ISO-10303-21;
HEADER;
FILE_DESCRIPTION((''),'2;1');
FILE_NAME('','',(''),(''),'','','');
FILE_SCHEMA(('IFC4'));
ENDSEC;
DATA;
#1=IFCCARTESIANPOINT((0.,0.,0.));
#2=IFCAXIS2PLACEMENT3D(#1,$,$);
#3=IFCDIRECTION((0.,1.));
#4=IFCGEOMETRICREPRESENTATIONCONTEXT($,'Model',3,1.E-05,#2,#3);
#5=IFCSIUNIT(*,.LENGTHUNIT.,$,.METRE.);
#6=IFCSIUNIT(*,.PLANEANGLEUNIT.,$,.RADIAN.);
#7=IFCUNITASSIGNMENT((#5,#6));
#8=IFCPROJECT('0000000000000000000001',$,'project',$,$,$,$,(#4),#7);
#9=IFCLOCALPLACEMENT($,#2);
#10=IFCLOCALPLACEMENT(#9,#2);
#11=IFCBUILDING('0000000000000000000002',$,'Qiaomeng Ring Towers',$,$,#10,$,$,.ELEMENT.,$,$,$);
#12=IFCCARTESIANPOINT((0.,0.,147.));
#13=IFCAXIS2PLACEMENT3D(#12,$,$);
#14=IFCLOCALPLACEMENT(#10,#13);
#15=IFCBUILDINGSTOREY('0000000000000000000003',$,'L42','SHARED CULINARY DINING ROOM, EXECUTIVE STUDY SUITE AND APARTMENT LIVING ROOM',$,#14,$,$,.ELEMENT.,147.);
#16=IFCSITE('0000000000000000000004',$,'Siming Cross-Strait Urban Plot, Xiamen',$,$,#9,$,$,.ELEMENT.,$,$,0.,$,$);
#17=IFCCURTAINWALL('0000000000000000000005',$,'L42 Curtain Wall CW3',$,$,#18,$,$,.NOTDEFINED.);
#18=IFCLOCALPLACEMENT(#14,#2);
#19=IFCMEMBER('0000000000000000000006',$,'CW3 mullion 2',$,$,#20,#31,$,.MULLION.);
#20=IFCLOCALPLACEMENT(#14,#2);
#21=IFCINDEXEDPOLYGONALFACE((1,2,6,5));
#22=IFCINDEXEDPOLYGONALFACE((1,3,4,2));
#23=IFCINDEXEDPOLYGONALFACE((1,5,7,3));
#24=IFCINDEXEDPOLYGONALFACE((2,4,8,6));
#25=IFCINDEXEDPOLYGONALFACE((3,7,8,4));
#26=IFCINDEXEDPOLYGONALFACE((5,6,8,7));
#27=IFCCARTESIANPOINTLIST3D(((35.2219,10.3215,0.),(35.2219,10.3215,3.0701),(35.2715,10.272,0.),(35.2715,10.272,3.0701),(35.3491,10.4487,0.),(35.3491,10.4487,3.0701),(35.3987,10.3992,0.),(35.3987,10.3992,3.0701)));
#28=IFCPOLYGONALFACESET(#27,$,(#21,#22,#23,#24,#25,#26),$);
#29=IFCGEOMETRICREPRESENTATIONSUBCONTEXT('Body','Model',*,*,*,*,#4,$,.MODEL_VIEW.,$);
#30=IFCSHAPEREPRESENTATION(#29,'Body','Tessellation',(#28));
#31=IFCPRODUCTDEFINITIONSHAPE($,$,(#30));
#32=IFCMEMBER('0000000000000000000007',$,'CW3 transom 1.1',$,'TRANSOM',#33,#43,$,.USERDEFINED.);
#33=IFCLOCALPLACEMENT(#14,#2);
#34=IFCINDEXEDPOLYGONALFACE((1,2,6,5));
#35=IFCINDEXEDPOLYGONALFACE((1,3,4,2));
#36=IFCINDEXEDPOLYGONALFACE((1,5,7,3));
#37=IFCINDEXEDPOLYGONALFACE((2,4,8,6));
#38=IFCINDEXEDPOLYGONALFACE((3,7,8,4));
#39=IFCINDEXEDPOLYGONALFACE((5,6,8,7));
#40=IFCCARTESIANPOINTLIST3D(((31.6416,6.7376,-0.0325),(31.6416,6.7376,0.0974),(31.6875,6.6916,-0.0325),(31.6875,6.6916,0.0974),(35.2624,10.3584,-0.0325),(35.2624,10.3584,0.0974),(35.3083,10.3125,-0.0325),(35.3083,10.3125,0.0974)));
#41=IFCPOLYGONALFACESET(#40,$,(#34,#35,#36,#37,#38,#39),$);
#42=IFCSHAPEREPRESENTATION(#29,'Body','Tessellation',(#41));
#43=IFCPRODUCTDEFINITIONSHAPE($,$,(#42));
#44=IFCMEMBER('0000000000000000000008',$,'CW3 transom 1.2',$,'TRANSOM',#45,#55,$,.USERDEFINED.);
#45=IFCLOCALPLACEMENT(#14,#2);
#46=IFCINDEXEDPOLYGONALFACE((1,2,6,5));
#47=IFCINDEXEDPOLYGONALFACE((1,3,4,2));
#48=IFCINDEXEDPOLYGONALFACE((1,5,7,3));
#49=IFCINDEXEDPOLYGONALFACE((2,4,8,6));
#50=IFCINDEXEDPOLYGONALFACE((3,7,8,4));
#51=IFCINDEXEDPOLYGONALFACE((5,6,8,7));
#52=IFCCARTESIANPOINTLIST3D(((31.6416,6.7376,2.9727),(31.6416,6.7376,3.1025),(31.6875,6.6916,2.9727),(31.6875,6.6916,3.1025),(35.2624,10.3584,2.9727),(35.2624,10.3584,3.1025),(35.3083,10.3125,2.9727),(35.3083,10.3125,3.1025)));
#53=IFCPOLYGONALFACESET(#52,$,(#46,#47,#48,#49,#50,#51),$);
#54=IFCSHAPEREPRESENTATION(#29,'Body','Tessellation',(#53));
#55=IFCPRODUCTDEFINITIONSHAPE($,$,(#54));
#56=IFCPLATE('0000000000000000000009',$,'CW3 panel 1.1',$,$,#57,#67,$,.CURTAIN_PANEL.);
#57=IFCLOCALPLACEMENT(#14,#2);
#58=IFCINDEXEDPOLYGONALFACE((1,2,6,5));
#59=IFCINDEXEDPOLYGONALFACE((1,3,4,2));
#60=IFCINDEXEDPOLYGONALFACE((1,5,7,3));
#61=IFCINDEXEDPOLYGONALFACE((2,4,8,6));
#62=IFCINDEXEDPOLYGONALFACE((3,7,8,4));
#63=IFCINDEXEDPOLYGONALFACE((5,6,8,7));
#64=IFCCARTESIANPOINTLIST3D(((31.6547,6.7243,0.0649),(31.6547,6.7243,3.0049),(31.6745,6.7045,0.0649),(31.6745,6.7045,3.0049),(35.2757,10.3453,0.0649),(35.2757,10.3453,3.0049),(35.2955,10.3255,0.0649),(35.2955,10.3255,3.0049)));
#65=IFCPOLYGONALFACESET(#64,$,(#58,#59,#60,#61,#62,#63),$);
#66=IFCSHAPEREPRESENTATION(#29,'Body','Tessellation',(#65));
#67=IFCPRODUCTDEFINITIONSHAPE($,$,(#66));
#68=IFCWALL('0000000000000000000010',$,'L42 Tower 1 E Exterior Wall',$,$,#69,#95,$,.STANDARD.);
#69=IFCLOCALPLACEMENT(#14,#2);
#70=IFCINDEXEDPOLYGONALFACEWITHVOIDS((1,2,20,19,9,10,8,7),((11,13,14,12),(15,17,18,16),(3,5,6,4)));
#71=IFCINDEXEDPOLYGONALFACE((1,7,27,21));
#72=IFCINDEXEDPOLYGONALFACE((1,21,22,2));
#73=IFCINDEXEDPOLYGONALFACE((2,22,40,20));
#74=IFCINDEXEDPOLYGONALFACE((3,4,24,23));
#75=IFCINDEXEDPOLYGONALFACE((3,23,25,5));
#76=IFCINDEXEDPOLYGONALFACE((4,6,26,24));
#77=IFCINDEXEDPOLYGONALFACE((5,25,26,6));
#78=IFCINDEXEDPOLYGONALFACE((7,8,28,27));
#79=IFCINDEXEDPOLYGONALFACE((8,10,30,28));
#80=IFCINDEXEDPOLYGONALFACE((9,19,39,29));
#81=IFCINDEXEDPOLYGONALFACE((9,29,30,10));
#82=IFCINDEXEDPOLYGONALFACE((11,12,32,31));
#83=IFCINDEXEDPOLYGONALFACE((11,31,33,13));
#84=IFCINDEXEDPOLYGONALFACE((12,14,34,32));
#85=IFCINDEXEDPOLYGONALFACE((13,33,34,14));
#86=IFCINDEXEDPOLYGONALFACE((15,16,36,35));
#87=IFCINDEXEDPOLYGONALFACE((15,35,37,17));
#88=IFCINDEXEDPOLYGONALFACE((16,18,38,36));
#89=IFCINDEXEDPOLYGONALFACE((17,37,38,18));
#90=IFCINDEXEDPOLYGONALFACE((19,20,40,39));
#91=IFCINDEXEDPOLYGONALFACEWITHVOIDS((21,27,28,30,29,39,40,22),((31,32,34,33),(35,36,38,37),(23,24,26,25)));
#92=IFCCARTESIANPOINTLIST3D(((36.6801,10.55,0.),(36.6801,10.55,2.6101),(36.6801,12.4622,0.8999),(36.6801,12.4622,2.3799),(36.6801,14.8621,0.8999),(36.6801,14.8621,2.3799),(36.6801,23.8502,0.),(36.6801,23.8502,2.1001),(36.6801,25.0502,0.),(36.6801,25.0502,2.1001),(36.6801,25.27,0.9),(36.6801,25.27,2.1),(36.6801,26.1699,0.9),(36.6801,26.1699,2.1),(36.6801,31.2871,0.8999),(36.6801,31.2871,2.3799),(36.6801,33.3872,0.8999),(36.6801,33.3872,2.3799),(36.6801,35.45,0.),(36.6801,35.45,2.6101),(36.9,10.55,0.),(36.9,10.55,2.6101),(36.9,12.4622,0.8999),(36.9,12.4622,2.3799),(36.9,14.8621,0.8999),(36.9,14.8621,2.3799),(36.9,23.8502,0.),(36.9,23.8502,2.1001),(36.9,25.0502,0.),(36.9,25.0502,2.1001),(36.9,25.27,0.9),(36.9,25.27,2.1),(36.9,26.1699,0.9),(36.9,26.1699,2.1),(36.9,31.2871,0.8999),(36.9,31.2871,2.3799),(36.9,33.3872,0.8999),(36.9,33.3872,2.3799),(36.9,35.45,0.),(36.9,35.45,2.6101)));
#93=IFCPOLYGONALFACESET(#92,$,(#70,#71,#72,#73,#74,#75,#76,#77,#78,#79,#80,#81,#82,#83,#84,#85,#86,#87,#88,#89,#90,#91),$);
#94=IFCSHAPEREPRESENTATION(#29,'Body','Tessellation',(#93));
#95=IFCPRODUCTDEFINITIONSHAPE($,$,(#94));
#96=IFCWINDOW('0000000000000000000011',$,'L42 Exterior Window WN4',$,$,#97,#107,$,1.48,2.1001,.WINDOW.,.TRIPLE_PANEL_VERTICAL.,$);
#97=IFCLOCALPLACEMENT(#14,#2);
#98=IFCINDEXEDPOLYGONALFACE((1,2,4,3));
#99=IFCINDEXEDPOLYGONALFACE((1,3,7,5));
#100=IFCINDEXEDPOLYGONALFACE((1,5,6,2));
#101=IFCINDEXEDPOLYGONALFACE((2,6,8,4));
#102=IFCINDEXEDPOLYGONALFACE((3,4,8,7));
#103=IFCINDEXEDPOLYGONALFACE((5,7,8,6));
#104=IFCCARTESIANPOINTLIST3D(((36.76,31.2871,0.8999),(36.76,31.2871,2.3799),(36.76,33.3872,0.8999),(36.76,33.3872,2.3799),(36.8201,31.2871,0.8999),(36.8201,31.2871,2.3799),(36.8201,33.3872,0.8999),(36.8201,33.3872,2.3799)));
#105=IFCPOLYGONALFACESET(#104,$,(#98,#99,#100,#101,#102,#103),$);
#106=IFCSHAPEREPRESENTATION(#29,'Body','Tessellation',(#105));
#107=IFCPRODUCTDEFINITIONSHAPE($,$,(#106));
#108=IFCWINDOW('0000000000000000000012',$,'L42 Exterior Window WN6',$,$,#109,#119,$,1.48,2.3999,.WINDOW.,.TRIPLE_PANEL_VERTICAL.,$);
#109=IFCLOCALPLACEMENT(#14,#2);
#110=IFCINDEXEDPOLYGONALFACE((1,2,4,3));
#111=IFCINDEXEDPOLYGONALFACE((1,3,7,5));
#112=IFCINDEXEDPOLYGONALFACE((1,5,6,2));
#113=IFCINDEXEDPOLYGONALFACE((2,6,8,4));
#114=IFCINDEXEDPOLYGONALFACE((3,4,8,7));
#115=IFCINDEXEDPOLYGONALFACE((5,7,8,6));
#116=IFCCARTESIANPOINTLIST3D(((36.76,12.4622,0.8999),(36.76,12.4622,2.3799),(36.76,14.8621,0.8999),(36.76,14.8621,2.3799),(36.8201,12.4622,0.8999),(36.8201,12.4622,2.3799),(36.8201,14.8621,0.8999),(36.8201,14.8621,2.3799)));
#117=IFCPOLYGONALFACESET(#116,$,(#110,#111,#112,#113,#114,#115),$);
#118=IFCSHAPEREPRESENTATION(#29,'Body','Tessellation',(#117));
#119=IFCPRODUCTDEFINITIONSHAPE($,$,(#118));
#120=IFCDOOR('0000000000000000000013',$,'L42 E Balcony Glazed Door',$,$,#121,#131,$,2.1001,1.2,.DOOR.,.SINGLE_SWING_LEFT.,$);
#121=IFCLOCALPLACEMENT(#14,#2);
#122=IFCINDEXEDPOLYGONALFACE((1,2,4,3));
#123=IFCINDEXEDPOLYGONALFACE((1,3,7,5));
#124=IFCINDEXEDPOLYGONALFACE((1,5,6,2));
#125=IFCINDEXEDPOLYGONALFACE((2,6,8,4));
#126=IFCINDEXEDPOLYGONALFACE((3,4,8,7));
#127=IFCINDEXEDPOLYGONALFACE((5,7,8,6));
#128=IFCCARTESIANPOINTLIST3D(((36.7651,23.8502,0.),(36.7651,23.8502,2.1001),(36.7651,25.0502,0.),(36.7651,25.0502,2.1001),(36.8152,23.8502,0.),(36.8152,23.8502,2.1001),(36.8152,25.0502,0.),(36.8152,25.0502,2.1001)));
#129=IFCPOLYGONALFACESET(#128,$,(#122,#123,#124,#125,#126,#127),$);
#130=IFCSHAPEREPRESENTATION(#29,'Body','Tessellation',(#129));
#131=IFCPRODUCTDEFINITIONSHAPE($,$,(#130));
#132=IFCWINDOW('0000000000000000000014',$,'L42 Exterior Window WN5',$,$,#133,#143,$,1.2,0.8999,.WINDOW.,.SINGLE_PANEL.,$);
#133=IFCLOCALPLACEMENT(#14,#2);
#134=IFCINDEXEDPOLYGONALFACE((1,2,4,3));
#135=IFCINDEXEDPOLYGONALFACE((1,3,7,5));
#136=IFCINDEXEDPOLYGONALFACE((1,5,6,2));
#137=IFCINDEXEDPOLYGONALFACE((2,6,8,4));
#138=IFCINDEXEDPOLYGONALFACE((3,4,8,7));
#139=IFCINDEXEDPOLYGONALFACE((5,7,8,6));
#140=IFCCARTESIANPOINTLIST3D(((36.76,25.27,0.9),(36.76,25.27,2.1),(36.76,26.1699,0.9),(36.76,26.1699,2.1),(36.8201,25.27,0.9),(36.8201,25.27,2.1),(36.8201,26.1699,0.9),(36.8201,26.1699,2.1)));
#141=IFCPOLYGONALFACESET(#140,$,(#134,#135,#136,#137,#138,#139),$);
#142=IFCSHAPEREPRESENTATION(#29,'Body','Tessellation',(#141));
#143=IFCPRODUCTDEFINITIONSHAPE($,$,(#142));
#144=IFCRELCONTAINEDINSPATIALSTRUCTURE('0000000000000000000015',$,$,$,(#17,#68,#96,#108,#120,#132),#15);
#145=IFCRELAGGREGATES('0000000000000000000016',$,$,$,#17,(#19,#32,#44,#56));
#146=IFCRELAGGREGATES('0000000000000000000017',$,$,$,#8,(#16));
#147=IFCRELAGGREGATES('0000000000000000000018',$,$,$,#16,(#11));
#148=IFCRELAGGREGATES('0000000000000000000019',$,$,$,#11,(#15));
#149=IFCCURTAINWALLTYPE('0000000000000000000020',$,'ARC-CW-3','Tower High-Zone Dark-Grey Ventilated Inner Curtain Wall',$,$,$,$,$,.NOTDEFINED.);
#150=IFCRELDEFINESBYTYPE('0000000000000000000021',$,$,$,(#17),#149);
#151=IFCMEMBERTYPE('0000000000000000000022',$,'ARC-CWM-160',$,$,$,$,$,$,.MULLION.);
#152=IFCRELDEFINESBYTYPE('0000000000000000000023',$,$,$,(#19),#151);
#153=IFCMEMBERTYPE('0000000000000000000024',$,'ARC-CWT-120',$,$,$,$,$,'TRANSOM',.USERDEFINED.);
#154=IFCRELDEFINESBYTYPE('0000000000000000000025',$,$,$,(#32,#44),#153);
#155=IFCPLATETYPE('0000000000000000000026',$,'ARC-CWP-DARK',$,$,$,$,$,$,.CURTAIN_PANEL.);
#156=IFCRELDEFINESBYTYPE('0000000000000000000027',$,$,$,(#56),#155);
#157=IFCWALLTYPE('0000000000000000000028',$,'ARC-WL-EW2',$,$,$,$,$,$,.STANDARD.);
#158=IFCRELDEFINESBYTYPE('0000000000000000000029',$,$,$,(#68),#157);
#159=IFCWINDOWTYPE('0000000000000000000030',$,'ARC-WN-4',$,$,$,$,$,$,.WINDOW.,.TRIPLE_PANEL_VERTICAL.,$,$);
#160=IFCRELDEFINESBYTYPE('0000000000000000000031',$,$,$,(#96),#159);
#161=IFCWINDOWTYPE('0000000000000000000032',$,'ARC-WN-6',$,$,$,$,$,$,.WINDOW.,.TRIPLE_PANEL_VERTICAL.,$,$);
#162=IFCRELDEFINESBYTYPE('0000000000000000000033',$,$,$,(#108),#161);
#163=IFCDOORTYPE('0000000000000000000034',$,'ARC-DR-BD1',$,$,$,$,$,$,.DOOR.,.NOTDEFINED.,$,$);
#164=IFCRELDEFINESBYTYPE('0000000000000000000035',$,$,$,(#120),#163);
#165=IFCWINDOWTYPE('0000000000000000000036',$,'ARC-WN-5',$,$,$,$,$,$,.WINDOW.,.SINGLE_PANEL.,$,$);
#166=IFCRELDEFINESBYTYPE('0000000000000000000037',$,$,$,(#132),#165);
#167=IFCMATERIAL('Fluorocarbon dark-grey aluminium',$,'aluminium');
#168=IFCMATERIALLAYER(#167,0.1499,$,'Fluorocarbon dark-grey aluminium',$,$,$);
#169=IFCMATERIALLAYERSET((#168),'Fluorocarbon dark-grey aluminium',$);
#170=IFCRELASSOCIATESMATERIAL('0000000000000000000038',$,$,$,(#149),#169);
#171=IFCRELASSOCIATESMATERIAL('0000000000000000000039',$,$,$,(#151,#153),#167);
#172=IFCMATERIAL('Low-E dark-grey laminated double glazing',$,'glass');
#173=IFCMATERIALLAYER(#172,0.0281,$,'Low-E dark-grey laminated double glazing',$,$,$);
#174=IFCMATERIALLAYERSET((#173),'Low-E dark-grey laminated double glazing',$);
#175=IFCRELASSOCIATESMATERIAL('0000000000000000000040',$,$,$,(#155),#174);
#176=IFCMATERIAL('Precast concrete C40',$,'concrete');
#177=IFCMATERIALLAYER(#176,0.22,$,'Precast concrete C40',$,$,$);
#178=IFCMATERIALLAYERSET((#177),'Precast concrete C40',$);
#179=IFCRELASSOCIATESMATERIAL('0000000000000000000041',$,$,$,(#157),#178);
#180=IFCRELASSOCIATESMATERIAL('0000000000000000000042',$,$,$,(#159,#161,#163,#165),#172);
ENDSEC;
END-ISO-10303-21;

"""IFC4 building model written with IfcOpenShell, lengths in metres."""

from ifc_helpers import new_model, si_unit, direction, frame, frame_2d, origin, origin_2d, place, context, subcontext, project, spatial, rectangle, extrude, source, transform, mapped, material, layer, layer_set, material_profile, profile_set, type_object, element, fill, aggregate, save


model = new_model("IFC4")

# Units and contexts
model_context = context("Model", 3, precision=1e-05, world=origin(), true_north=direction((0.0, 1.0)))
body_context = subcontext(model_context, "Body", "Model", "MODEL_VIEW")
ifc_project = project(units=[si_unit("LENGTHUNIT", "METRE"), si_unit("PLANEANGLEUNIT", "RADIAN")], contexts=[model_context])

# Site, building, storey
site_placement = place(None, origin())
site = spatial("IfcSite", under=ifc_project, at=site_placement, Name="Siming Cross-Strait Urban Plot, Xiamen", CompositionType="ELEMENT", RefElevation=0.0)
building_placement = place(site_placement, origin())
building = spatial("IfcBuilding", under=site, at=building_placement, Name="Qiaomeng Ring Towers", CompositionType="ELEMENT")
storey_placement = place(building_placement, frame((0.0, 0.0, 147.0)))
storey = spatial("IfcBuildingStorey", under=building, at=storey_placement, Name="L42", Description="SHARED CULINARY DINING ROOM, EXECUTIVE STUDY SUITE AND APARTMENT LIVING ROOM", CompositionType="ELEMENT", Elevation=147.0)

# Curtain wall, members, plate
ifc_material_1 = material(Name="Fluorocarbon dark-grey aluminium", Category="aluminium")
ifc_layer_1 = layer(ifc_material_1, 0.1499, Name="Fluorocarbon dark-grey aluminium")
ifc_layer_set_1 = layer_set([ifc_layer_1], Name="Fluorocarbon dark-grey aluminium")
curtain_wall_type = type_object("IfcCurtainWallType", Name="ARC-CW-3", Description="Tower High-Zone Dark-Grey Ventilated Inner Curtain Wall", PredefinedType="NOTDEFINED", material=ifc_layer_set_1)
curtain_wall_placement = place(storey_placement, origin())
curtain_wall = element("IfcCurtainWall", 1, at=curtain_wall_placement, inside=storey, type_object=curtain_wall_type, Name="L42 Curtain Wall CW3", PredefinedType="NOTDEFINED")
ifc_material_profile_1 = material_profile(ifc_material_1, rectangle(XDim=0.0701, YDim=0.1799, at=origin_2d()), Name="ALU MULL 70x180")
ifc_profile_set_1 = profile_set([ifc_material_profile_1], Name="Fluorocarbon dark-grey aluminium")
member_type_1 = type_object("IfcMemberType", Name="ARC-CWM-160", PredefinedType="MULLION", material=ifc_profile_set_1)
shared_shape_1 = source(origin(), body_context, "Body", "SweptSolid", [
    extrude(rectangle(XDim=0.0701, YDim=0.1799, at=origin_2d()), origin(), (0.0, 0.0, 1.0), 3.0701),
])
member_1_placement = place(storey_placement, frame((35.3103, 10.3604, 0.0), z_axis=(0.0, 0.0, 1.0), x_axis=(-0.707107, 0.707107, 0.0)))
member_1 = element("IfcMember", 2, at=member_1_placement, type_object=member_type_1, Name="CW3 mullion 2", PredefinedType="MULLION", context=body_context, shape_type="MappedRepresentation", body=[
    mapped(shared_shape_1, transform((0.0, 0.0, 0.0), x_axis=(1.0, 0.0, 0.0), y_axis=(0.0, 1.0, 0.0), z_axis=(0.0, 0.0, 1.0), scale=1.0)),
])
ifc_material_profile_2 = material_profile(ifc_material_1, rectangle(XDim=0.0649, YDim=0.1299, at=origin_2d()), Name="ALU TRAN 65x130")
ifc_profile_set_2 = profile_set([ifc_material_profile_2], Name="Fluorocarbon dark-grey aluminium")
member_type_2 = type_object("IfcMemberType", Name="ARC-CWT-120", ElementType="TRANSOM", PredefinedType="USERDEFINED", material=ifc_profile_set_2)
shared_shape_2 = source(origin(), body_context, "Body", "SweptSolid", [
    extrude(rectangle(XDim=0.0649, YDim=0.1299, at=origin_2d()), origin(), (0.0, 0.0, 1.0), 5.1206),
])
member_2_placement = place(storey_placement, frame((31.6646, 6.7146, 0.0325), z_axis=(0.707107, 0.707107, 0.0), x_axis=(-0.707107, 0.707107, 0.0)))
member_2 = element("IfcMember", 3, at=member_2_placement, type_object=member_type_2, Name="CW3 transom 1.1", ObjectType="TRANSOM", PredefinedType="USERDEFINED", context=body_context, shape_type="MappedRepresentation", body=[
    mapped(shared_shape_2, transform((0.0, 0.0, 0.0), x_axis=(1.0, 0.0, 0.0), y_axis=(0.0, 1.0, 0.0), z_axis=(0.0, 0.0, 1.0), scale=1.0)),
])
member_3_placement = place(storey_placement, frame((31.6646, 6.7146, 3.0376), z_axis=(0.707107, 0.707107, 0.0), x_axis=(-0.707107, 0.707107, 0.0)))
member_3 = element("IfcMember", 4, at=member_3_placement, type_object=member_type_2, Name="CW3 transom 1.2", ObjectType="TRANSOM", PredefinedType="USERDEFINED", context=body_context, shape_type="MappedRepresentation", body=[
    mapped(shared_shape_2, transform((0.0, 0.0, 0.0), x_axis=(1.0, 0.0, 0.0), y_axis=(0.0, 1.0, 0.0), z_axis=(0.0, 0.0, 1.0), scale=1.0)),
])
ifc_material_2 = material(Name="Low-E dark-grey laminated double glazing", Category="glass")
ifc_layer_2 = layer(ifc_material_2, 0.0281, Name="Low-E dark-grey laminated double glazing")
ifc_layer_set_2 = layer_set([ifc_layer_2], Name="Low-E dark-grey laminated double glazing")
plate_type = type_object("IfcPlateType", Name="ARC-CWP-DARK", PredefinedType="CURTAIN_PANEL", material=ifc_layer_set_2)
shared_shape_3 = source(origin(), body_context, "Body", "SweptSolid", [
    extrude(rectangle(XDim=5.1208, YDim=0.0281, at=origin_2d()), origin(), (0.0, 0.0, 1.0), 2.9399),
])
plate_placement = place(storey_placement, frame((33.4751, 8.5249, 0.0649), z_axis=(0.0, 0.0, 1.0), x_axis=(0.707107, 0.707107, 0.0)))
plate = element("IfcPlate", 5, at=plate_placement, type_object=plate_type, Name="CW3 panel 1.1", PredefinedType="CURTAIN_PANEL", context=body_context, shape_type="MappedRepresentation", body=[
    mapped(shared_shape_3, transform((0.0, 0.0, 0.0), x_axis=(1.0, 0.0, 0.0), y_axis=(0.0, 1.0, 0.0), z_axis=(0.0, 0.0, 1.0), scale=1.0)),
])
aggregate(curtain_wall, [member_1, member_2, member_3, plate])

# Wall, openings, windows, door
ifc_material_3 = material(Name="Precast concrete C40", Category="concrete")
ifc_layer_3 = layer(ifc_material_3, 0.22, Name="Precast concrete C40")
ifc_layer_set_3 = layer_set([ifc_layer_3], Name="Precast concrete C40")
wall_type_1 = type_object("IfcWallType", Name="ARC-WL-EW2", PredefinedType="STANDARD", material=ifc_layer_set_3)
wall_1_placement = place(storey_placement, frame((36.79, 10.55, 0.0), z_axis=(0.0, 0.0, 1.0), x_axis=(0.0, 1.0, 0.0)))
wall_1 = element("IfcWall", 6, at=wall_1_placement, inside=storey, type_object=wall_type_1, Name="L42 Tower 1 E Exterior Wall", PredefinedType="STANDARD", context=body_context, shape_type="SweptSolid", body=[
    extrude(rectangle(XDim=24.8999, YDim=0.22, at=frame_2d((12.45, 0.0))), origin(), (0.0, 0.0, 1.0), 2.6101),
])
opening_1_placement = place(wall_1_placement, frame((13.3, 0.0, 0.0)))
opening_1 = element("IfcOpeningElement", 7, at=opening_1_placement, cuts=wall_1, PredefinedType="OPENING", context=body_context, shape_type="SweptSolid", body=[
    extrude(rectangle(XDim=1.2, YDim=2.1001, at=frame_2d((0.6001, 1.05))), frame((0.0, 0.1199, 0.0), z_axis=(0.0, -1.0, 0.0), x_axis=(1.0, 0.0, 0.0)), (0.0, 0.0, 1.0), 0.24),
])
opening_2_placement = place(wall_1_placement, frame((1.9121, 0.0, 0.8999)))
opening_2 = element("IfcOpeningElement", 8, at=opening_2_placement, cuts=wall_1, PredefinedType="OPENING", context=body_context, shape_type="SweptSolid", body=[
    extrude(rectangle(XDim=2.3999, YDim=1.48, at=frame_2d((1.2, 0.74))), frame((0.0, 0.1199, 0.0), z_axis=(0.0, -1.0, 0.0), x_axis=(1.0, 0.0, 0.0)), (0.0, 0.0, 1.0), 0.24),
])
opening_3_placement = place(wall_1_placement, frame((20.7371, 0.0, 0.8999)))
opening_3 = element("IfcOpeningElement", 9, at=opening_3_placement, cuts=wall_1, PredefinedType="OPENING", context=body_context, shape_type="SweptSolid", body=[
    extrude(rectangle(XDim=2.1001, YDim=1.48, at=frame_2d((1.05, 0.74))), frame((0.0, 0.1199, 0.0), z_axis=(0.0, -1.0, 0.0), x_axis=(1.0, 0.0, 0.0)), (0.0, 0.0, 1.0), 0.24),
])
opening_4_placement = place(wall_1_placement, frame((14.72, 0.0, 0.8999)))
opening_4 = element("IfcOpeningElement", 10, at=opening_4_placement, cuts=wall_1, PredefinedType="OPENING", context=body_context, shape_type="SweptSolid", body=[
    extrude(rectangle(XDim=0.8999, YDim=1.2, at=frame_2d((0.45, 0.6001))), frame((0.0, 0.1199, 0.0), z_axis=(0.0, -1.0, 0.0), x_axis=(1.0, 0.0, 0.0)), (0.0, 0.0, 1.0), 0.24),
])
window_type_1 = type_object("IfcWindowType", Name="ARC-WN-4", PartitioningType="TRIPLE_PANEL_VERTICAL", PredefinedType="WINDOW", material=ifc_material_2)
shared_shape_4 = source(origin(), body_context, "Body", "SweptSolid", [
    extrude(rectangle(XDim=2.1001, YDim=1.48, at=frame_2d((1.05, 0.74))), frame((0.0, 0.03, 0.0), z_axis=(0.0, -1.0, 0.0), x_axis=(1.0, 0.0, 0.0)), (0.0, 0.0, 1.0), 0.0601),
])
window_1_placement = place(opening_3_placement, origin())
window_1 = element("IfcWindow", 11, at=window_1_placement, inside=storey, type_object=window_type_1, Name="L42 Exterior Window WN4", OverallHeight=1.48, OverallWidth=2.1001, PartitioningType="TRIPLE_PANEL_VERTICAL", PredefinedType="WINDOW", context=body_context, shape_type="MappedRepresentation", body=[
    mapped(shared_shape_4, transform((0.0, 0.0, 0.0), x_axis=(1.0, 0.0, 0.0), y_axis=(0.0, 1.0, 0.0), z_axis=(0.0, 0.0, 1.0), scale=1.0)),
])
fill(opening_3, window_1)
window_type_2 = type_object("IfcWindowType", Name="ARC-WN-6", PartitioningType="TRIPLE_PANEL_VERTICAL", PredefinedType="WINDOW", material=ifc_material_2)
shared_shape_5 = source(origin(), body_context, "Body", "SweptSolid", [
    extrude(rectangle(XDim=2.3999, YDim=1.48, at=frame_2d((1.2, 0.74))), frame((0.0, 0.03, 0.0), z_axis=(0.0, -1.0, 0.0), x_axis=(1.0, 0.0, 0.0)), (0.0, 0.0, 1.0), 0.0601),
])
window_2_placement = place(opening_2_placement, origin())
window_2 = element("IfcWindow", 12, at=window_2_placement, inside=storey, type_object=window_type_2, Name="L42 Exterior Window WN6", OverallHeight=1.48, OverallWidth=2.3999, PartitioningType="TRIPLE_PANEL_VERTICAL", PredefinedType="WINDOW", context=body_context, shape_type="MappedRepresentation", body=[
    mapped(shared_shape_5, transform((0.0, 0.0, 0.0), x_axis=(1.0, 0.0, 0.0), y_axis=(0.0, 1.0, 0.0), z_axis=(0.0, 0.0, 1.0), scale=1.0)),
])
fill(opening_2, window_2)
door_type_1 = type_object("IfcDoorType", Name="ARC-DR-BD1", OperationType="NOTDEFINED", PredefinedType="DOOR", material=ifc_material_2)
shared_shape_6 = source(origin(), body_context, "Body", "SweptSolid", [
    extrude(rectangle(XDim=1.2, YDim=2.1001, at=frame_2d((0.6001, 1.05))), frame((0.0, 0.0249, 0.0), z_axis=(0.0, -1.0, 0.0), x_axis=(1.0, 0.0, 0.0)), (0.0, 0.0, 1.0), 0.05),
])
door_1_placement = place(opening_1_placement, origin())
door_1 = element("IfcDoor", 13, at=door_1_placement, inside=storey, type_object=door_type_1, Name="L42 E Balcony Glazed Door", OperationType="SINGLE_SWING_LEFT", OverallHeight=2.1001, OverallWidth=1.2, PredefinedType="DOOR", context=body_context, shape_type="MappedRepresentation", body=[
    mapped(shared_shape_6, transform((0.0, 0.0, 0.0), x_axis=(1.0, 0.0, 0.0), y_axis=(0.0, 1.0, 0.0), z_axis=(0.0, 0.0, 1.0), scale=1.0)),
])
fill(opening_1, door_1)
window_type_3 = type_object("IfcWindowType", Name="ARC-WN-5", PartitioningType="SINGLE_PANEL", PredefinedType="WINDOW", material=ifc_material_2)
shared_shape_7 = source(origin(), body_context, "Body", "SweptSolid", [
    extrude(rectangle(XDim=0.8999, YDim=1.2, at=frame_2d((0.45, 0.6001))), frame((0.0, 0.03, 0.0), z_axis=(0.0, -1.0, 0.0), x_axis=(1.0, 0.0, 0.0)), (0.0, 0.0, 1.0), 0.0601),
])
window_3_placement = place(opening_4_placement, origin())
window_3 = element("IfcWindow", 14, at=window_3_placement, inside=storey, type_object=window_type_3, Name="L42 Exterior Window WN5", OverallHeight=1.2, OverallWidth=0.8999, PartitioningType="SINGLE_PANEL", PredefinedType="WINDOW", context=body_context, shape_type="MappedRepresentation", body=[
    mapped(shared_shape_7, transform((0.0, 0.0, 0.0), x_axis=(1.0, 0.0, 0.0), y_axis=(0.0, 1.0, 0.0), z_axis=(0.0, 0.0, 1.0), scale=1.0)),
])
fill(opening_4, window_3)

save(model, "model.ifc")
